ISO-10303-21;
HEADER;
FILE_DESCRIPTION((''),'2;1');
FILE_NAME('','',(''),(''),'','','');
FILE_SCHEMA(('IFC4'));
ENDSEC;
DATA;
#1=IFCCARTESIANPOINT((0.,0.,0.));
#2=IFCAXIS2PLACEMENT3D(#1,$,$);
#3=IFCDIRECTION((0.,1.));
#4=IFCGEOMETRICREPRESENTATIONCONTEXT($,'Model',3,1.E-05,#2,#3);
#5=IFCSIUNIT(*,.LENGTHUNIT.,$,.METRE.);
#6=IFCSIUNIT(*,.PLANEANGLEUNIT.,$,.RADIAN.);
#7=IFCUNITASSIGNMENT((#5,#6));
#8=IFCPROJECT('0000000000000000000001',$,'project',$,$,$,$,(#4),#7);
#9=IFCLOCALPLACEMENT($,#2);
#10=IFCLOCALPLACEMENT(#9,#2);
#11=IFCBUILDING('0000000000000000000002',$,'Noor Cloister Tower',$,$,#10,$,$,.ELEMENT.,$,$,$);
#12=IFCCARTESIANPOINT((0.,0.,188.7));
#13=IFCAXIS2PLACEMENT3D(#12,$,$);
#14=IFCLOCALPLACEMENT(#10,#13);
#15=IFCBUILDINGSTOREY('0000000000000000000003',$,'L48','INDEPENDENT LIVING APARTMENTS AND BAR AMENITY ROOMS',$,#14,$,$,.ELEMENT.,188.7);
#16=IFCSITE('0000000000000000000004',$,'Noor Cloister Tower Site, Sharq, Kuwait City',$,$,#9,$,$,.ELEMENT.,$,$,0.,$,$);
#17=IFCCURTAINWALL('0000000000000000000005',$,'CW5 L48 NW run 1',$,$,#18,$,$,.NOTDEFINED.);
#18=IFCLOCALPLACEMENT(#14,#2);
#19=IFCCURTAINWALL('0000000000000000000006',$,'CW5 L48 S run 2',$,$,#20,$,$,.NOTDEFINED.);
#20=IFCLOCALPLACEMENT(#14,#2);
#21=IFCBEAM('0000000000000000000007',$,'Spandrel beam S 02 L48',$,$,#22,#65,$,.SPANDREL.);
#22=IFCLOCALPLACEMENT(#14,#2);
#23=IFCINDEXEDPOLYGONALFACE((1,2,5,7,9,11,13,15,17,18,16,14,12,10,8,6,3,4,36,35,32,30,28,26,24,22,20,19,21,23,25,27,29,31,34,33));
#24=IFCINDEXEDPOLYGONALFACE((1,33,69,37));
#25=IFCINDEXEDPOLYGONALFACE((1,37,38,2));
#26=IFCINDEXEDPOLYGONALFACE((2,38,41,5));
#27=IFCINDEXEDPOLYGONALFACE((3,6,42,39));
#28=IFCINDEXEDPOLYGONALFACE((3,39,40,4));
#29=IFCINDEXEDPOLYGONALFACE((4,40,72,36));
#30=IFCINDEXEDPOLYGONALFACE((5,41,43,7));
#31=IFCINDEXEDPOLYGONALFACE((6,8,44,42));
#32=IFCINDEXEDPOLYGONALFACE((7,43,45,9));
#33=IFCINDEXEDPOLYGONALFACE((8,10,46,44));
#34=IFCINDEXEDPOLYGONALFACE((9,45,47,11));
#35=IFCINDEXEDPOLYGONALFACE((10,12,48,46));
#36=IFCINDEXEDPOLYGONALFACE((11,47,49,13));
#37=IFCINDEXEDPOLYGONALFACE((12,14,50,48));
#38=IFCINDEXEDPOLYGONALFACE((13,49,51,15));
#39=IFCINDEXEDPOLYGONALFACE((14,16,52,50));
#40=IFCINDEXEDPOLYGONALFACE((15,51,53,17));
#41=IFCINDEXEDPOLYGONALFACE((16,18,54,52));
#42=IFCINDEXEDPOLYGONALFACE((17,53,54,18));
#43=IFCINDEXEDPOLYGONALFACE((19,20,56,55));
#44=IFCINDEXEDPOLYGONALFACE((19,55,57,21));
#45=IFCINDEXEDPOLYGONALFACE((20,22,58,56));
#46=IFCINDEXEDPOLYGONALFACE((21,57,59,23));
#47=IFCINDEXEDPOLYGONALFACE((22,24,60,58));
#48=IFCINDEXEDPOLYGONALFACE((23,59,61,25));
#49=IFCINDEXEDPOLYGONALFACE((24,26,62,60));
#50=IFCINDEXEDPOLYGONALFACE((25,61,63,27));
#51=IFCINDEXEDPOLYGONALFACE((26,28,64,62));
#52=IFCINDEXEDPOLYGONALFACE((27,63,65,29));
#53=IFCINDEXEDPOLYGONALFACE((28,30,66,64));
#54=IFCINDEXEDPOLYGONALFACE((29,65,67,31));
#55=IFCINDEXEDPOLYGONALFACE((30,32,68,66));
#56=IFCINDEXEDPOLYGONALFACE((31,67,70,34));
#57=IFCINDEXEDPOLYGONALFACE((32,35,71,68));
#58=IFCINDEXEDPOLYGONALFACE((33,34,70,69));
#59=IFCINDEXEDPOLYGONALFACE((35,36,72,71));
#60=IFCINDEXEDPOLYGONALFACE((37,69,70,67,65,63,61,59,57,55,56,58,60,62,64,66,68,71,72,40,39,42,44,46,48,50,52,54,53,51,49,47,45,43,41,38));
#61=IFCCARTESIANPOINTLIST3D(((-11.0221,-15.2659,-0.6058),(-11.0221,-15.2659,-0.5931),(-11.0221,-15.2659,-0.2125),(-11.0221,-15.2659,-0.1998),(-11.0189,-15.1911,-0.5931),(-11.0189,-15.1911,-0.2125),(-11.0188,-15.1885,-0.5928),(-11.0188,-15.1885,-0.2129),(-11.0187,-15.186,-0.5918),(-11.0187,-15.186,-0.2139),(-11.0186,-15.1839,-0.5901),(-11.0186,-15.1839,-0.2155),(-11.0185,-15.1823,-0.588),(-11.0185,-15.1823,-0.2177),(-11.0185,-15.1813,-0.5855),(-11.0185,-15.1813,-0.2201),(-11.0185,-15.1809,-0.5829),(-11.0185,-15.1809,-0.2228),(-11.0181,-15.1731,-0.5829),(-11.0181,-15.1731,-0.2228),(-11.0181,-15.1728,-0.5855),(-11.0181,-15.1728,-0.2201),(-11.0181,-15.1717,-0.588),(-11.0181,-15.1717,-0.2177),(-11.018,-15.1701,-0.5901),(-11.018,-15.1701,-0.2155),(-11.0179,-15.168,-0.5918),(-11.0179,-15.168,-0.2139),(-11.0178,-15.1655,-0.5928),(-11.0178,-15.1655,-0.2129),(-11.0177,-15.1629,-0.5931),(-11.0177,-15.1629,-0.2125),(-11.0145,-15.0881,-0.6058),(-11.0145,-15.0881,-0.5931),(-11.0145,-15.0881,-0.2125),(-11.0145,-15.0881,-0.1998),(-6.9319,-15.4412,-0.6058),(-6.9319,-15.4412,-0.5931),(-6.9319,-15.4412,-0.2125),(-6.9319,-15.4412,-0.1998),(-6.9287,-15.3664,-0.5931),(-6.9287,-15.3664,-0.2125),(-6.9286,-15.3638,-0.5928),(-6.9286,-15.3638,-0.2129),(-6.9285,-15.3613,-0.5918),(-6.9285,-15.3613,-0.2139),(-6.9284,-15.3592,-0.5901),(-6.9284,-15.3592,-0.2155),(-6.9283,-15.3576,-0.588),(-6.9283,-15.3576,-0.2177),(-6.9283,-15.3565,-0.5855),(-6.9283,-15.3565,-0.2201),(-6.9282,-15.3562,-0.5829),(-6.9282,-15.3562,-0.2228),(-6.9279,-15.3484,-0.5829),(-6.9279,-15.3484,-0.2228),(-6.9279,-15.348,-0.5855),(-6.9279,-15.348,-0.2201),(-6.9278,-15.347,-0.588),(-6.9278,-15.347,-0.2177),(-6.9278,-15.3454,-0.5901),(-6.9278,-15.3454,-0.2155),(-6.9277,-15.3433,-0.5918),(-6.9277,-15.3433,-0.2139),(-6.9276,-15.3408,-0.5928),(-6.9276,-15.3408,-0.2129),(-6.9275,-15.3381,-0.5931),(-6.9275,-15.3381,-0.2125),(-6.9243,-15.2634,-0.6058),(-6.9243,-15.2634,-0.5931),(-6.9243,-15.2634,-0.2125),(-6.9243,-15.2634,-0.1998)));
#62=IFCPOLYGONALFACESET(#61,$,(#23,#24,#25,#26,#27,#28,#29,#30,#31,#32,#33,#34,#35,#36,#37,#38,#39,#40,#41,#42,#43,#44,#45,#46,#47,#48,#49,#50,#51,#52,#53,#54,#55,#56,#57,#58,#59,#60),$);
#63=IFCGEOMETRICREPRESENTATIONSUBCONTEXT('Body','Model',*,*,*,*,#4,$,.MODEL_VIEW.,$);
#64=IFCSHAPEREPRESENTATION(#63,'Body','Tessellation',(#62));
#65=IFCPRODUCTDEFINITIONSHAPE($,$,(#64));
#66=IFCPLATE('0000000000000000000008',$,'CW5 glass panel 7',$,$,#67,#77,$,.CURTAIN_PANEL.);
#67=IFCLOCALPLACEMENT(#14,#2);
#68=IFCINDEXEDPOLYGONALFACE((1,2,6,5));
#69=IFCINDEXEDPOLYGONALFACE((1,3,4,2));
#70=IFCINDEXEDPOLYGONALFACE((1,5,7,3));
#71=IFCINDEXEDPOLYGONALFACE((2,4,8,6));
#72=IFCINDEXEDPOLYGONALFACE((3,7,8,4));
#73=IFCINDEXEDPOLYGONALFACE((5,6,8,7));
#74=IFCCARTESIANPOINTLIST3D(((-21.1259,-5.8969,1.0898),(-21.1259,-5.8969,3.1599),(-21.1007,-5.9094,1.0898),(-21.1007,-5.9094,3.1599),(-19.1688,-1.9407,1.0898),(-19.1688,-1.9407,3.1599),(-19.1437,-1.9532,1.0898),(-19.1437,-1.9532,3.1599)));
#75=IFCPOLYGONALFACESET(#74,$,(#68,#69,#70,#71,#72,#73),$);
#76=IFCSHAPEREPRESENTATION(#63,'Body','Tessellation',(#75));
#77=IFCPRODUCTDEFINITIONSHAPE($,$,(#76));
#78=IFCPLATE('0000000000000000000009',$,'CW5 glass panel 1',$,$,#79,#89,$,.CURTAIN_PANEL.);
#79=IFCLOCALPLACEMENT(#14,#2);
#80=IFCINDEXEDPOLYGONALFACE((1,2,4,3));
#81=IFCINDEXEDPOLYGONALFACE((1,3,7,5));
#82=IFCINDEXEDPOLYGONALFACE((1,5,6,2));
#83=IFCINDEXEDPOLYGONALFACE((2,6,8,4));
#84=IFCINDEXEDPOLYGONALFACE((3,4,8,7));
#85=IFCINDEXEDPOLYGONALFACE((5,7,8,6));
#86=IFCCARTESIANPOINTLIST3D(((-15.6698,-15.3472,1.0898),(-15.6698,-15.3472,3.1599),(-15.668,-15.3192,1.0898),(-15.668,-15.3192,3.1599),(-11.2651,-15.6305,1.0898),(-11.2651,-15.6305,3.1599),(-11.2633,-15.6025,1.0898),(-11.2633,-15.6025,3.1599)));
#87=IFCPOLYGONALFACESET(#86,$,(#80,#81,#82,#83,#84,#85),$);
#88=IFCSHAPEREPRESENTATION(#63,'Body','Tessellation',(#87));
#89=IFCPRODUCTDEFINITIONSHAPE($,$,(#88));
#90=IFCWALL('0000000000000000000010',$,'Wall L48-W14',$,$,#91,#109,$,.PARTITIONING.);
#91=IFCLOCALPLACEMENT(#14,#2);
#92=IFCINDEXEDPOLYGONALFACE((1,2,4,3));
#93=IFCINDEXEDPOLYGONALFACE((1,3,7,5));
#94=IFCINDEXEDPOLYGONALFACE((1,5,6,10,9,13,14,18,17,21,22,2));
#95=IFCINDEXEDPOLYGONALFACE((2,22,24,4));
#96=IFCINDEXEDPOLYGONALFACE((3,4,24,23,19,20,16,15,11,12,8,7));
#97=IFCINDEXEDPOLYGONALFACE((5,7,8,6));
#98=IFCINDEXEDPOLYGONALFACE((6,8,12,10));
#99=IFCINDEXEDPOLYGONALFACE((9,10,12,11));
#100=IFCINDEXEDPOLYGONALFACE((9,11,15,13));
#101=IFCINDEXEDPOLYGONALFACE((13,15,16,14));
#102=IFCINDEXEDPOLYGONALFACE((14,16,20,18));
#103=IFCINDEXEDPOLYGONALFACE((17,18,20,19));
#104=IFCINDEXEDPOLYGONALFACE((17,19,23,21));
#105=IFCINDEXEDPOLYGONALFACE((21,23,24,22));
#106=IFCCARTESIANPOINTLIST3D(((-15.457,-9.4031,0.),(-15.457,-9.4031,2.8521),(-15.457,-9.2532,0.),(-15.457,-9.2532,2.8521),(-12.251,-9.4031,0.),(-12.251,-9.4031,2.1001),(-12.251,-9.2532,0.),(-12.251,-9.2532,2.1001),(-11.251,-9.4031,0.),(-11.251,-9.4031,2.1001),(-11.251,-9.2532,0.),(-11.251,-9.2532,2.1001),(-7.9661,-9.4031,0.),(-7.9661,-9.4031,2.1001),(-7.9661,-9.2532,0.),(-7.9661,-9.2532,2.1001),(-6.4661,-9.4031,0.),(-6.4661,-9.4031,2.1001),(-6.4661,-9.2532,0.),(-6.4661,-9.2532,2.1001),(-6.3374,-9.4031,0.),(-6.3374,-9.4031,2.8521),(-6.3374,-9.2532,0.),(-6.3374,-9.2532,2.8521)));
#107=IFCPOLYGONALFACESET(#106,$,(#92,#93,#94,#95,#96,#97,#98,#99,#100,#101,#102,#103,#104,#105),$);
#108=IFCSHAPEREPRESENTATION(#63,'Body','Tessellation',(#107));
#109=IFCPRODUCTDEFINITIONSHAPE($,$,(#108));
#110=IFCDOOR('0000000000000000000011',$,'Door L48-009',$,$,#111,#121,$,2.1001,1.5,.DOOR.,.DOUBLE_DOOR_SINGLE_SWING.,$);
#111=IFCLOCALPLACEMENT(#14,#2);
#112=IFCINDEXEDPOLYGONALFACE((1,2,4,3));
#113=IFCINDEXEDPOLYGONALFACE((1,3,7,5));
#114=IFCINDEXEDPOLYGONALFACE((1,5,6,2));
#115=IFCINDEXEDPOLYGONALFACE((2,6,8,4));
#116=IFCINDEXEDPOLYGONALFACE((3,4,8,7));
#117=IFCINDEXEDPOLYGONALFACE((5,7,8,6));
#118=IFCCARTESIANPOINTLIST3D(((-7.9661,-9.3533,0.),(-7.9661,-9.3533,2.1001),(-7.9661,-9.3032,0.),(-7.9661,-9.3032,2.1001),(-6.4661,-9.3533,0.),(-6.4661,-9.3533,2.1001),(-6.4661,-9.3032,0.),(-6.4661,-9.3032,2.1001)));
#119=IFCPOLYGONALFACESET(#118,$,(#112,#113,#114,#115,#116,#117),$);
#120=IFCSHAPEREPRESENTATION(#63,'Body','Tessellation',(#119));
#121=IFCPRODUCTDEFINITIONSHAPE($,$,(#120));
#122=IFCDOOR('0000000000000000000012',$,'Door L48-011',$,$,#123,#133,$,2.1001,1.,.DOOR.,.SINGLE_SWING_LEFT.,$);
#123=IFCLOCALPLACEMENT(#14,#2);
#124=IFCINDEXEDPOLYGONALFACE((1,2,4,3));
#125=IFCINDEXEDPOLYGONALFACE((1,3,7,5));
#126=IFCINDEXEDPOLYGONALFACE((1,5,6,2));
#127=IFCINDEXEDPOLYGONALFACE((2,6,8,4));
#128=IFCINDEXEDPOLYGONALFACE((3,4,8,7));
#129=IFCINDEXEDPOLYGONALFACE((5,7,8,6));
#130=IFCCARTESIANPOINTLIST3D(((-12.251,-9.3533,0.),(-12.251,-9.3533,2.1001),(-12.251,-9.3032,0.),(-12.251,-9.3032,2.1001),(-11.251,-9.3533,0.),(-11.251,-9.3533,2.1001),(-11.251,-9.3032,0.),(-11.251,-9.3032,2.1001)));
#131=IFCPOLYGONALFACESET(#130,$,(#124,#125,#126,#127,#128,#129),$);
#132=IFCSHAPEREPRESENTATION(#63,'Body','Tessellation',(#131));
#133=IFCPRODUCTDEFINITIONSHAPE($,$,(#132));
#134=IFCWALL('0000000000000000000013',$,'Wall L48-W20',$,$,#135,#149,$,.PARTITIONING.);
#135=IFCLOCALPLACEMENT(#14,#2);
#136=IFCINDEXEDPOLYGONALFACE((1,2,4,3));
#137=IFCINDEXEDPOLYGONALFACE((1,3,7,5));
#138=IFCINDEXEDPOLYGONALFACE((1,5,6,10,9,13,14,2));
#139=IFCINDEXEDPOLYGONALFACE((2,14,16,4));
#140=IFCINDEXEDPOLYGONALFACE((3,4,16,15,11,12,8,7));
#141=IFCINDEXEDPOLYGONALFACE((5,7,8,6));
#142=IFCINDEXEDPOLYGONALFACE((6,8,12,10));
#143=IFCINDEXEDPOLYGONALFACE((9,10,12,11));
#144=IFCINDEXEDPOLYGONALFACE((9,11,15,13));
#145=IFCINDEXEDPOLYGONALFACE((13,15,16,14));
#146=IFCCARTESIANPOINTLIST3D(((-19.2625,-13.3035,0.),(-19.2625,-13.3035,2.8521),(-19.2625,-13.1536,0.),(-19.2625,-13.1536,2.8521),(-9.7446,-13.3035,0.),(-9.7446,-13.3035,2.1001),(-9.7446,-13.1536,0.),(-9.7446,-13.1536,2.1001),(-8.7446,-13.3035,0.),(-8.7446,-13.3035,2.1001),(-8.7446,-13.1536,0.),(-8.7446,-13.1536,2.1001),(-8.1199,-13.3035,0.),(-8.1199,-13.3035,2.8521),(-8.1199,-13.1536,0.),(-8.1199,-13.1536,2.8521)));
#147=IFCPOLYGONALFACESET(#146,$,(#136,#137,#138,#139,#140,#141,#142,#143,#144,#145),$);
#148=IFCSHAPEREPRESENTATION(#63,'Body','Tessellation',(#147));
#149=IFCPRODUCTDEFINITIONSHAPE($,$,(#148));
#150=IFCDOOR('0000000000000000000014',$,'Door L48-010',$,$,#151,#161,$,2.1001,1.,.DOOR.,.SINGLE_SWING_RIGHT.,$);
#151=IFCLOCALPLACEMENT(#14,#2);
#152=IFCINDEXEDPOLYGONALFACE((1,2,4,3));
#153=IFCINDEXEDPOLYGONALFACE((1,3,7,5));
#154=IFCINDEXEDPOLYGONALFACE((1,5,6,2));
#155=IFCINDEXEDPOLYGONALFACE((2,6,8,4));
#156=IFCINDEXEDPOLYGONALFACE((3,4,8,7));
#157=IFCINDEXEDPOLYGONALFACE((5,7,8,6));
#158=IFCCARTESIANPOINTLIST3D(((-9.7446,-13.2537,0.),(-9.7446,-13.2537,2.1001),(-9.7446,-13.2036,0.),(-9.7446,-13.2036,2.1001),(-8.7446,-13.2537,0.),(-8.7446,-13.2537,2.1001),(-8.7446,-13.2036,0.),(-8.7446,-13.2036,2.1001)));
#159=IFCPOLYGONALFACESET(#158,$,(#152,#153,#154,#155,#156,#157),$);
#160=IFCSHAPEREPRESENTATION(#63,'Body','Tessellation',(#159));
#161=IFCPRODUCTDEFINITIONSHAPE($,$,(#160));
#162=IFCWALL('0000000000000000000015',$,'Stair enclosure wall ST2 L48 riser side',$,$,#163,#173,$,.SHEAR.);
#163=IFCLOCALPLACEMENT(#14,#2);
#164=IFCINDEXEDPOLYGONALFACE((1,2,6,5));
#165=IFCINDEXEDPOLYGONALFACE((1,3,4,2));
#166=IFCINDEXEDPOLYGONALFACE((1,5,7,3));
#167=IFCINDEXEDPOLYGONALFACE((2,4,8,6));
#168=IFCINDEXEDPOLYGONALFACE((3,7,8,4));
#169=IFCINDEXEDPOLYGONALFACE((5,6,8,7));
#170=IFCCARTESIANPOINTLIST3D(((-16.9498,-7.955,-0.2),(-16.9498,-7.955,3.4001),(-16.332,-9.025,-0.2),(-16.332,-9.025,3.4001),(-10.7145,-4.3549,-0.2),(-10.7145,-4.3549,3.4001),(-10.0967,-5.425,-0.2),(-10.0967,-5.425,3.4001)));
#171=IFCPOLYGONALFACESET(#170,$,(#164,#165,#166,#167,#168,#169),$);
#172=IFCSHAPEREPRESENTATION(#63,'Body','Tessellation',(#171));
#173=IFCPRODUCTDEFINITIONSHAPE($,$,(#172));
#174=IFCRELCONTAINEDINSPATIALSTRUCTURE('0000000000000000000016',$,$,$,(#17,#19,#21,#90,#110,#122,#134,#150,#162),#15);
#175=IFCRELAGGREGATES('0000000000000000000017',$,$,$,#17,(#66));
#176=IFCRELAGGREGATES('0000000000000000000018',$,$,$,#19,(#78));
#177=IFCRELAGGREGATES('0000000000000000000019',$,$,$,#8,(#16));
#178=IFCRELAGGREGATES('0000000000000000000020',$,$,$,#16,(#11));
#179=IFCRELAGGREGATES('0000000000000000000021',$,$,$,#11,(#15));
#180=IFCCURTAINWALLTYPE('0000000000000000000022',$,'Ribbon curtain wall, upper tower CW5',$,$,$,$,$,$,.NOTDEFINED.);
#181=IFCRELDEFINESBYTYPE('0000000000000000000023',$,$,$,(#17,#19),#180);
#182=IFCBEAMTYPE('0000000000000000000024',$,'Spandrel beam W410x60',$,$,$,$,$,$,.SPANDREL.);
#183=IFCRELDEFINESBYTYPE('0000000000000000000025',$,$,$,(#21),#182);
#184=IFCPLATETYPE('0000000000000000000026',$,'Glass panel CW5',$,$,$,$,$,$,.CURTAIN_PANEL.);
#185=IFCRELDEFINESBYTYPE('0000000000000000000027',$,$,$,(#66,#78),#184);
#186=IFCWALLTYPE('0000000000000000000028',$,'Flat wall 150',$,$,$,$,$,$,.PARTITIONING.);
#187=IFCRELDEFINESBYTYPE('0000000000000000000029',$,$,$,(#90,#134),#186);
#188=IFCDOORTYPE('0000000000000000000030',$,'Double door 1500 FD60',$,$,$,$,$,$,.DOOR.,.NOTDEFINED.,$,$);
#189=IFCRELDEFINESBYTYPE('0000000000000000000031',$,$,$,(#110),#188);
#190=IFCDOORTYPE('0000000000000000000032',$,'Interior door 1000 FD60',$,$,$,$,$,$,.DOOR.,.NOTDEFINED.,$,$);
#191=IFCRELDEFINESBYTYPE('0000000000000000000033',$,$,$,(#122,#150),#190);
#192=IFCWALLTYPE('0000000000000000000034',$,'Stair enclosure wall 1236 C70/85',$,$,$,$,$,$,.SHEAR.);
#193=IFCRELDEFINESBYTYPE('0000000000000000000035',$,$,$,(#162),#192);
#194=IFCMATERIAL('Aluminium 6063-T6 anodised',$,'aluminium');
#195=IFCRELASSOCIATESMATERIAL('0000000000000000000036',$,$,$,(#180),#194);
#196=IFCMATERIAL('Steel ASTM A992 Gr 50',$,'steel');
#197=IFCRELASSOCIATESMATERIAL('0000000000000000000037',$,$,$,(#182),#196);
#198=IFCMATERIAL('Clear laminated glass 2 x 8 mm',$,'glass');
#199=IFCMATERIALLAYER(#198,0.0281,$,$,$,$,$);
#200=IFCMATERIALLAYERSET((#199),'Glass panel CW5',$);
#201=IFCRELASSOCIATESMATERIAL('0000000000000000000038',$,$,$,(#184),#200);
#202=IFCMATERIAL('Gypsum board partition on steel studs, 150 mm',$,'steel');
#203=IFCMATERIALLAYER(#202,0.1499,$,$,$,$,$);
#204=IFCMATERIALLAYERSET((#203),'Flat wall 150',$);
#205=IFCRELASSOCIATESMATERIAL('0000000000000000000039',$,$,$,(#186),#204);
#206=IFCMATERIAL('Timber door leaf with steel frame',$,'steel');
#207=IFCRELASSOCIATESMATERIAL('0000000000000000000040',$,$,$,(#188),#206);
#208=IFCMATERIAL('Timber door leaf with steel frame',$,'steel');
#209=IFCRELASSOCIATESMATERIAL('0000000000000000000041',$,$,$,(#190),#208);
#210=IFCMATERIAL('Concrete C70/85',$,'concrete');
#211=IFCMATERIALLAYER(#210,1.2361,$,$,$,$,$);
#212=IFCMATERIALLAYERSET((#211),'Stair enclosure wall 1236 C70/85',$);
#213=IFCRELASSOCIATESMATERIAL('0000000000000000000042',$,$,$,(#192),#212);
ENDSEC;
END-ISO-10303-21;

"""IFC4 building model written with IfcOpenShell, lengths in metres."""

from ifc_helpers import new_model, si_unit, direction, frame, frame_2d, origin, origin_2d, place, context, subcontext, project, spatial, rectangle, i_section, extrude, material, layer, layer_set, material_profile, profile_set, type_object, element, fill, aggregate, save


model = new_model("IFC4")

# Units and contexts
model_context = context("Model", 3, precision=1e-05, world=origin(), true_north=direction((0.0, 1.0)))
body_context = subcontext(model_context, "Body", "Model", "MODEL_VIEW")
ifc_project = project(units=[si_unit("LENGTHUNIT", "METRE"), si_unit("PLANEANGLEUNIT", "RADIAN")], contexts=[model_context])

# Site, building, storey
site_placement = place(None, origin())
site = spatial("IfcSite", under=ifc_project, at=site_placement, Name="Noor Cloister Tower Site, Sharq, Kuwait City", CompositionType="ELEMENT", RefElevation=0.0)
building_placement = place(site_placement, origin())
building = spatial("IfcBuilding", under=site, at=building_placement, Name="Noor Cloister Tower", CompositionType="ELEMENT")
storey_placement = place(building_placement, frame((0.0, 0.0, 188.7)))
storey = spatial("IfcBuildingStorey", under=building, at=storey_placement, Name="L48", Description="INDEPENDENT LIVING APARTMENTS AND BAR AMENITY ROOMS", CompositionType="ELEMENT", Elevation=188.7)

# Curtain walls
ifc_material_1 = material(Name="Aluminium 6063-T6 anodised", Category="aluminium")
curtain_wall_type = type_object("IfcCurtainWallType", Name="Ribbon curtain wall, upper tower CW5", PredefinedType="NOTDEFINED", material=ifc_material_1)
curtain_wall_1_placement = place(storey_placement, origin())
curtain_wall_1 = element("IfcCurtainWall", 1, at=curtain_wall_1_placement, inside=storey, type_object=curtain_wall_type, Name="CW5 L48 NW run 1", PredefinedType="NOTDEFINED")
curtain_wall_2_placement = place(storey_placement, origin())
curtain_wall_2 = element("IfcCurtainWall", 2, at=curtain_wall_2_placement, inside=storey, type_object=curtain_wall_type, Name="CW5 L48 S run 2", PredefinedType="NOTDEFINED")

# Beam
ifc_material_2 = material(Name="Steel ASTM A992 Gr 50", Category="steel")
ifc_material_profile_1 = material_profile(ifc_material_2, i_section(OverallWidth=0.178, OverallDepth=0.406, WebThickness=0.0078, FlangeThickness=0.0127, FilletRadius=0.0103, at=origin_2d()), Name="W410x60")
ifc_profile_set_1 = profile_set([ifc_material_profile_1], Name="Steel ASTM A992 Gr 50")
beam_type_1 = type_object("IfcBeamType", Name="Spandrel beam W410x60", PredefinedType="SPANDREL", material=ifc_profile_set_1)
beam_1_placement = place(storey_placement, frame((-11.0183, -15.177, -0.4028), z_axis=(0.999083, -0.042816, 0.0), x_axis=(0.042816, 0.999083, 0.0)))
element("IfcBeam", 3, at=beam_1_placement, inside=storey, type_object=beam_type_1, Name="Spandrel beam S 02 L48", PredefinedType="SPANDREL", context=body_context, shape_type="SweptSolid", body=[
    extrude(i_section(OverallWidth=0.178, OverallDepth=0.406, WebThickness=0.0078, FlangeThickness=0.0127, FilletRadius=0.0103, at=origin_2d()), origin(), (0.0, 0.0, 1.0), 4.094),
])

# Plates
ifc_material_3 = material(Name="Clear laminated glass 2 x 8 mm", Category="glass")
ifc_layer_1 = layer(ifc_material_3, 0.0281)
ifc_layer_set_1 = layer_set([ifc_layer_1], Name="Glass panel CW5")
plate_type = type_object("IfcPlateType", Name="Glass panel CW5", PredefinedType="CURTAIN_PANEL", material=ifc_layer_set_1)
plate_1_placement = place(storey_placement, frame((-20.1348, -3.925, 1.0898), z_axis=(0.0, 0.0, 1.0), x_axis=(-0.443388, -0.89633, 0.0)))
plate_1 = element("IfcPlate", 4, at=plate_1_placement, type_object=plate_type, Name="CW5 glass panel 7", PredefinedType="CURTAIN_PANEL", context=body_context, shape_type="SweptSolid", body=[
    extrude(rectangle(XDim=4.4138, YDim=0.0281, at=origin_2d()), origin(), (0.0, 0.0, 1.0), 2.0701),
])
aggregate(curtain_wall_1, [plate_1])
plate_2_placement = place(storey_placement, frame((-13.4666, -15.4749, 1.0898), z_axis=(0.0, 0.0, 1.0), x_axis=(0.997938, -0.06418, 0.0)))
plate_2 = element("IfcPlate", 5, at=plate_2_placement, type_object=plate_type, Name="CW5 glass panel 1", PredefinedType="CURTAIN_PANEL", context=body_context, shape_type="SweptSolid", body=[
    extrude(rectangle(XDim=4.4138, YDim=0.0281, at=origin_2d()), origin(), (0.0, 0.0, 1.0), 2.0701),
])
aggregate(curtain_wall_2, [plate_2])

# Wall, openings, doors
ifc_material_4 = material(Name="Gypsum board partition on steel studs, 150 mm", Category="steel")
ifc_layer_2 = layer(ifc_material_4, 0.1499)
ifc_layer_set_2 = layer_set([ifc_layer_2], Name="Flat wall 150")
wall_type_1 = type_object("IfcWallType", Name="Flat wall 150", PredefinedType="PARTITIONING", material=ifc_layer_set_2)
wall_1_placement = place(storey_placement, frame((-15.457, -9.3281, 0.0), z_axis=(0.0, 0.0, 1.0), x_axis=(1.0, 0.0, 0.0)))
wall_1 = element("IfcWall", 6, at=wall_1_placement, inside=storey, type_object=wall_type_1, Name="Wall L48-W14", PredefinedType="PARTITIONING", context=body_context, shape_type="SweptSolid", body=[
    extrude(rectangle(XDim=9.1196, YDim=0.1499, at=frame_2d((4.5598, 0.0))), origin(), (0.0, 0.0, 1.0), 2.8521),
])
opening_1_placement = place(wall_1_placement, frame((7.491, 0.0, 0.0)))
opening_1 = element("IfcOpeningElement", 7, at=opening_1_placement, cuts=wall_1, PredefinedType="OPENING", context=body_context, shape_type="SweptSolid", body=[
    extrude(rectangle(XDim=1.5, YDim=2.1001, at=frame_2d((0.75, 1.05))), frame((0.0, 0.085, 0.0), z_axis=(0.0, -1.0, 0.0), x_axis=(1.0, 0.0, 0.0)), (0.0, 0.0, 1.0), 0.1699),
])
opening_2_placement = place(wall_1_placement, frame((3.2061, 0.0, 0.0)))
opening_2 = element("IfcOpeningElement", 8, at=opening_2_placement, cuts=wall_1, PredefinedType="OPENING", context=body_context, shape_type="SweptSolid", body=[
    extrude(rectangle(XDim=1.0, YDim=2.1001, at=frame_2d((0.5, 1.05))), frame((0.0, 0.085, 0.0), z_axis=(0.0, -1.0, 0.0), x_axis=(1.0, 0.0, 0.0)), (0.0, 0.0, 1.0), 0.1699),
])
ifc_material_5 = material(Name="Timber door leaf with steel frame", Category="steel")
door_type_1 = type_object("IfcDoorType", Name="Double door 1500 FD60", OperationType="NOTDEFINED", PredefinedType="DOOR", material=ifc_material_5)
door_1_placement = place(opening_1_placement, origin())
door_1 = element("IfcDoor", 9, at=door_1_placement, inside=storey, type_object=door_type_1, Name="Door L48-009", OperationType="DOUBLE_DOOR_SINGLE_SWING", OverallHeight=2.1001, OverallWidth=1.5, PredefinedType="DOOR", context=body_context, shape_type="SweptSolid", body=[
    extrude(rectangle(XDim=1.5, YDim=2.1001, at=frame_2d((0.75, 1.05))), frame((0.0, 0.0249, 0.0), z_axis=(0.0, -1.0, 0.0), x_axis=(1.0, 0.0, 0.0)), (0.0, 0.0, 1.0), 0.05),
])
fill(opening_1, door_1)
ifc_material_6 = material(Name="Timber door leaf with steel frame", Category="steel")
door_type_2 = type_object("IfcDoorType", Name="Interior door 1000 FD60", OperationType="NOTDEFINED", PredefinedType="DOOR", material=ifc_material_6)
door_2_placement = place(opening_2_placement, origin())
door_2 = element("IfcDoor", 10, at=door_2_placement, inside=storey, type_object=door_type_2, Name="Door L48-011", OperationType="SINGLE_SWING_LEFT", OverallHeight=2.1001, OverallWidth=1.0, PredefinedType="DOOR", context=body_context, shape_type="SweptSolid", body=[
    extrude(rectangle(XDim=1.0, YDim=2.1001, at=frame_2d((0.5, 1.05))), frame((0.0, 0.0249, 0.0), z_axis=(0.0, -1.0, 0.0), x_axis=(1.0, 0.0, 0.0)), (0.0, 0.0, 1.0), 0.05),
])
fill(opening_2, door_2)

# Wall, opening, door
wall_2_placement = place(storey_placement, frame((-19.2625, -13.2285, 0.0), z_axis=(0.0, 0.0, 1.0), x_axis=(1.0, 0.0, 0.0)))
wall_2 = element("IfcWall", 11, at=wall_2_placement, inside=storey, type_object=wall_type_1, Name="Wall L48-W20", PredefinedType="PARTITIONING", context=body_context, shape_type="SweptSolid", body=[
    extrude(rectangle(XDim=11.1426, YDim=0.1499, at=frame_2d((5.5713, 0.0))), origin(), (0.0, 0.0, 1.0), 2.8521),
])
opening_3_placement = place(wall_2_placement, frame((9.5178, 0.0, 0.0)))
opening_3 = element("IfcOpeningElement", 12, at=opening_3_placement, cuts=wall_2, PredefinedType="OPENING", context=body_context, shape_type="SweptSolid", body=[
    extrude(rectangle(XDim=1.0, YDim=2.1001, at=frame_2d((0.5, 1.05))), frame((0.0, 0.085, 0.0), z_axis=(0.0, -1.0, 0.0), x_axis=(1.0, 0.0, 0.0)), (0.0, 0.0, 1.0), 0.1699),
])
door_3_placement = place(opening_3_placement, origin())
door_3 = element("IfcDoor", 13, at=door_3_placement, inside=storey, type_object=door_type_2, Name="Door L48-010", OperationType="SINGLE_SWING_RIGHT", OverallHeight=2.1001, OverallWidth=1.0, PredefinedType="DOOR", context=body_context, shape_type="SweptSolid", body=[
    extrude(rectangle(XDim=1.0, YDim=2.1001, at=frame_2d((0.5, 1.05))), frame((0.0, 0.0249, 0.0), z_axis=(0.0, -1.0, 0.0), x_axis=(1.0, 0.0, 0.0)), (0.0, 0.0, 1.0), 0.05),
])
fill(opening_3, door_3)

# Wall
ifc_material_7 = material(Name="Concrete C70/85", Category="concrete")
ifc_layer_3 = layer(ifc_material_7, 1.2361)
ifc_layer_set_3 = layer_set([ifc_layer_3], Name="Stair enclosure wall 1236 C70/85")
wall_type_2 = type_object("IfcWallType", Name="Stair enclosure wall 1236 C70/85", PredefinedType="SHEAR", material=ifc_layer_set_3)
wall_3_placement = place(storey_placement, frame((-10.4055, -4.8899, -0.2), z_axis=(0.0, 0.0, 1.0), x_axis=(-0.866018, -0.500012, 0.0)))
element("IfcWall", 14, at=wall_3_placement, inside=storey, type_object=wall_type_2, Name="Stair enclosure wall ST2 L48 riser side", PredefinedType="SHEAR", context=body_context, shape_type="SweptSolid", body=[
    extrude(rectangle(XDim=7.2, YDim=1.2356, at=frame_2d((3.6001, 0.0))), origin(), (0.0, 0.0, 1.0), 3.6001),
])

save(model, "model.ifc")
